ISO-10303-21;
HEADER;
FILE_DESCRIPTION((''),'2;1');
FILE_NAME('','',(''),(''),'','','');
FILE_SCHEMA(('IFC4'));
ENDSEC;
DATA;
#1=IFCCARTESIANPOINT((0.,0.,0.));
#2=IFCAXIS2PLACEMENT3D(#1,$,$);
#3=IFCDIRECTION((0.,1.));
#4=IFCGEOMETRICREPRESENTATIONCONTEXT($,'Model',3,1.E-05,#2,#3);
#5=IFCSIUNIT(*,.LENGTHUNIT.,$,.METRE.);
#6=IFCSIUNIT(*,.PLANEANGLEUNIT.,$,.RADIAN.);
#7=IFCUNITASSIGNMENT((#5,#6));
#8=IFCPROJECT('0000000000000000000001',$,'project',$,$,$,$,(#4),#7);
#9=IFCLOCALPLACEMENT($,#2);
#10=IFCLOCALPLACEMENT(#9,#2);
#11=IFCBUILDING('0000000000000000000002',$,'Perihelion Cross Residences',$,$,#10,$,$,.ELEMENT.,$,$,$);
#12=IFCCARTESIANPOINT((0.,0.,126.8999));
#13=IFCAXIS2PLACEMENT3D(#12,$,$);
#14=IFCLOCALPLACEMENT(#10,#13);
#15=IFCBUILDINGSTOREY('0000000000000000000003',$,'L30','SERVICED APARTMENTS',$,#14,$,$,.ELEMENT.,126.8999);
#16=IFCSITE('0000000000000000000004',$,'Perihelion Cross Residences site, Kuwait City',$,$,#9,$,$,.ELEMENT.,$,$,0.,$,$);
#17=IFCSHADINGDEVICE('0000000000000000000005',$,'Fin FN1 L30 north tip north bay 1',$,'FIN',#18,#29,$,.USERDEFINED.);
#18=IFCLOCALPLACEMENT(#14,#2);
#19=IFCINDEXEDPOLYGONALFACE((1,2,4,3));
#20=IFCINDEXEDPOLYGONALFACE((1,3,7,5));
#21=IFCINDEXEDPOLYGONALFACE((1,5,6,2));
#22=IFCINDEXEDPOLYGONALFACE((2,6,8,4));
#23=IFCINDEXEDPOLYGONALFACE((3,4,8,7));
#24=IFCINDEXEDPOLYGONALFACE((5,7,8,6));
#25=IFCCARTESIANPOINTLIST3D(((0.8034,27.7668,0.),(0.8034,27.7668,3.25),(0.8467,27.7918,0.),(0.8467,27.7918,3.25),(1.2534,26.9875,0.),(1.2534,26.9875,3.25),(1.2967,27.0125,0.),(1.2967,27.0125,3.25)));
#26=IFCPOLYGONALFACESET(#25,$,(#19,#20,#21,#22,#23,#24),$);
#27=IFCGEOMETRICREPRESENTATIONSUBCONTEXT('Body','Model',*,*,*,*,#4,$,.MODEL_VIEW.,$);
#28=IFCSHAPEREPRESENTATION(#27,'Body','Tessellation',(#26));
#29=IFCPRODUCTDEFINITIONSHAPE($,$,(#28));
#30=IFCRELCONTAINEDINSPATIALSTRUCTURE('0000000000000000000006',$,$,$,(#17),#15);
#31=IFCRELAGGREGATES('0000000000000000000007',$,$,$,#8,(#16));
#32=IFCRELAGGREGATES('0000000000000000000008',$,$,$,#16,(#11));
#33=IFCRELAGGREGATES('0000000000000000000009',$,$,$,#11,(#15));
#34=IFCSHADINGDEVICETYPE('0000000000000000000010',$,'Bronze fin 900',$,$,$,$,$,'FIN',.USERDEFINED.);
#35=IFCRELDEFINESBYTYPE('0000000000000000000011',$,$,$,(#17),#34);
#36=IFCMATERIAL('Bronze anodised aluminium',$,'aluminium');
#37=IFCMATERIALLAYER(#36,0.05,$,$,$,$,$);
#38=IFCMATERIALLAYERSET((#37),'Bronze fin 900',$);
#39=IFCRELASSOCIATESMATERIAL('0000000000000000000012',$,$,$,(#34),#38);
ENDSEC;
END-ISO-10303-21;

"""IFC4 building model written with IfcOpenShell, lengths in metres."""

from ifc_helpers import new_model, si_unit, direction, frame, origin, origin_2d, place, context, subcontext, project, spatial, rectangle, extrude, material, layer, layer_set, type_object, element, save


model = new_model("IFC4")

# Units and contexts
model_context = context("Model", 3, precision=1e-05, world=origin(), true_north=direction((0.0, 1.0)))
body_context = subcontext(model_context, "Body", "Model", "MODEL_VIEW")
ifc_project = project(units=[si_unit("LENGTHUNIT", "METRE"), si_unit("PLANEANGLEUNIT", "RADIAN")], contexts=[model_context])

# Site, building, storey
site_placement = place(None, origin())
site = spatial("IfcSite", under=ifc_project, at=site_placement, Name="Perihelion Cross Residences site, Kuwait City", CompositionType="ELEMENT", RefElevation=0.0)
building_placement = place(site_placement, origin())
building = spatial("IfcBuilding", under=site, at=building_placement, Name="Perihelion Cross Residences", CompositionType="ELEMENT")
storey_placement = place(building_placement, frame((0.0, 0.0, 126.8999)))
storey = spatial("IfcBuildingStorey", under=building, at=storey_placement, Name="L30", Description="SERVICED APARTMENTS", CompositionType="ELEMENT", Elevation=126.8999)

# Shading device
ifc_material_1 = material(Name="Bronze anodised aluminium", Category="aluminium")
ifc_layer_1 = layer(ifc_material_1, 0.05)
ifc_layer_set_1 = layer_set([ifc_layer_1], Name="Bronze fin 900")
shading_device_type = type_object("IfcShadingDeviceType", Name="Bronze fin 900", ElementType="FIN", PredefinedType="USERDEFINED", material=ifc_layer_set_1)
shading_device_placement = place(storey_placement, frame((1.05, 27.3896, 0.0), z_axis=(0.0, 0.0, 1.0), x_axis=(-0.5, 0.866025, 0.0)))
element("IfcShadingDevice", 1, at=shading_device_placement, inside=storey, type_object=shading_device_type, Name="Fin FN1 L30 north tip north bay 1", ObjectType="FIN", PredefinedType="USERDEFINED", context=body_context, shape_type="SweptSolid", body=[
    extrude(rectangle(XDim=0.8999, YDim=0.05, at=origin_2d()), origin(), (0.0, 0.0, 1.0), 3.25),
])

save(model, "model.ifc")
